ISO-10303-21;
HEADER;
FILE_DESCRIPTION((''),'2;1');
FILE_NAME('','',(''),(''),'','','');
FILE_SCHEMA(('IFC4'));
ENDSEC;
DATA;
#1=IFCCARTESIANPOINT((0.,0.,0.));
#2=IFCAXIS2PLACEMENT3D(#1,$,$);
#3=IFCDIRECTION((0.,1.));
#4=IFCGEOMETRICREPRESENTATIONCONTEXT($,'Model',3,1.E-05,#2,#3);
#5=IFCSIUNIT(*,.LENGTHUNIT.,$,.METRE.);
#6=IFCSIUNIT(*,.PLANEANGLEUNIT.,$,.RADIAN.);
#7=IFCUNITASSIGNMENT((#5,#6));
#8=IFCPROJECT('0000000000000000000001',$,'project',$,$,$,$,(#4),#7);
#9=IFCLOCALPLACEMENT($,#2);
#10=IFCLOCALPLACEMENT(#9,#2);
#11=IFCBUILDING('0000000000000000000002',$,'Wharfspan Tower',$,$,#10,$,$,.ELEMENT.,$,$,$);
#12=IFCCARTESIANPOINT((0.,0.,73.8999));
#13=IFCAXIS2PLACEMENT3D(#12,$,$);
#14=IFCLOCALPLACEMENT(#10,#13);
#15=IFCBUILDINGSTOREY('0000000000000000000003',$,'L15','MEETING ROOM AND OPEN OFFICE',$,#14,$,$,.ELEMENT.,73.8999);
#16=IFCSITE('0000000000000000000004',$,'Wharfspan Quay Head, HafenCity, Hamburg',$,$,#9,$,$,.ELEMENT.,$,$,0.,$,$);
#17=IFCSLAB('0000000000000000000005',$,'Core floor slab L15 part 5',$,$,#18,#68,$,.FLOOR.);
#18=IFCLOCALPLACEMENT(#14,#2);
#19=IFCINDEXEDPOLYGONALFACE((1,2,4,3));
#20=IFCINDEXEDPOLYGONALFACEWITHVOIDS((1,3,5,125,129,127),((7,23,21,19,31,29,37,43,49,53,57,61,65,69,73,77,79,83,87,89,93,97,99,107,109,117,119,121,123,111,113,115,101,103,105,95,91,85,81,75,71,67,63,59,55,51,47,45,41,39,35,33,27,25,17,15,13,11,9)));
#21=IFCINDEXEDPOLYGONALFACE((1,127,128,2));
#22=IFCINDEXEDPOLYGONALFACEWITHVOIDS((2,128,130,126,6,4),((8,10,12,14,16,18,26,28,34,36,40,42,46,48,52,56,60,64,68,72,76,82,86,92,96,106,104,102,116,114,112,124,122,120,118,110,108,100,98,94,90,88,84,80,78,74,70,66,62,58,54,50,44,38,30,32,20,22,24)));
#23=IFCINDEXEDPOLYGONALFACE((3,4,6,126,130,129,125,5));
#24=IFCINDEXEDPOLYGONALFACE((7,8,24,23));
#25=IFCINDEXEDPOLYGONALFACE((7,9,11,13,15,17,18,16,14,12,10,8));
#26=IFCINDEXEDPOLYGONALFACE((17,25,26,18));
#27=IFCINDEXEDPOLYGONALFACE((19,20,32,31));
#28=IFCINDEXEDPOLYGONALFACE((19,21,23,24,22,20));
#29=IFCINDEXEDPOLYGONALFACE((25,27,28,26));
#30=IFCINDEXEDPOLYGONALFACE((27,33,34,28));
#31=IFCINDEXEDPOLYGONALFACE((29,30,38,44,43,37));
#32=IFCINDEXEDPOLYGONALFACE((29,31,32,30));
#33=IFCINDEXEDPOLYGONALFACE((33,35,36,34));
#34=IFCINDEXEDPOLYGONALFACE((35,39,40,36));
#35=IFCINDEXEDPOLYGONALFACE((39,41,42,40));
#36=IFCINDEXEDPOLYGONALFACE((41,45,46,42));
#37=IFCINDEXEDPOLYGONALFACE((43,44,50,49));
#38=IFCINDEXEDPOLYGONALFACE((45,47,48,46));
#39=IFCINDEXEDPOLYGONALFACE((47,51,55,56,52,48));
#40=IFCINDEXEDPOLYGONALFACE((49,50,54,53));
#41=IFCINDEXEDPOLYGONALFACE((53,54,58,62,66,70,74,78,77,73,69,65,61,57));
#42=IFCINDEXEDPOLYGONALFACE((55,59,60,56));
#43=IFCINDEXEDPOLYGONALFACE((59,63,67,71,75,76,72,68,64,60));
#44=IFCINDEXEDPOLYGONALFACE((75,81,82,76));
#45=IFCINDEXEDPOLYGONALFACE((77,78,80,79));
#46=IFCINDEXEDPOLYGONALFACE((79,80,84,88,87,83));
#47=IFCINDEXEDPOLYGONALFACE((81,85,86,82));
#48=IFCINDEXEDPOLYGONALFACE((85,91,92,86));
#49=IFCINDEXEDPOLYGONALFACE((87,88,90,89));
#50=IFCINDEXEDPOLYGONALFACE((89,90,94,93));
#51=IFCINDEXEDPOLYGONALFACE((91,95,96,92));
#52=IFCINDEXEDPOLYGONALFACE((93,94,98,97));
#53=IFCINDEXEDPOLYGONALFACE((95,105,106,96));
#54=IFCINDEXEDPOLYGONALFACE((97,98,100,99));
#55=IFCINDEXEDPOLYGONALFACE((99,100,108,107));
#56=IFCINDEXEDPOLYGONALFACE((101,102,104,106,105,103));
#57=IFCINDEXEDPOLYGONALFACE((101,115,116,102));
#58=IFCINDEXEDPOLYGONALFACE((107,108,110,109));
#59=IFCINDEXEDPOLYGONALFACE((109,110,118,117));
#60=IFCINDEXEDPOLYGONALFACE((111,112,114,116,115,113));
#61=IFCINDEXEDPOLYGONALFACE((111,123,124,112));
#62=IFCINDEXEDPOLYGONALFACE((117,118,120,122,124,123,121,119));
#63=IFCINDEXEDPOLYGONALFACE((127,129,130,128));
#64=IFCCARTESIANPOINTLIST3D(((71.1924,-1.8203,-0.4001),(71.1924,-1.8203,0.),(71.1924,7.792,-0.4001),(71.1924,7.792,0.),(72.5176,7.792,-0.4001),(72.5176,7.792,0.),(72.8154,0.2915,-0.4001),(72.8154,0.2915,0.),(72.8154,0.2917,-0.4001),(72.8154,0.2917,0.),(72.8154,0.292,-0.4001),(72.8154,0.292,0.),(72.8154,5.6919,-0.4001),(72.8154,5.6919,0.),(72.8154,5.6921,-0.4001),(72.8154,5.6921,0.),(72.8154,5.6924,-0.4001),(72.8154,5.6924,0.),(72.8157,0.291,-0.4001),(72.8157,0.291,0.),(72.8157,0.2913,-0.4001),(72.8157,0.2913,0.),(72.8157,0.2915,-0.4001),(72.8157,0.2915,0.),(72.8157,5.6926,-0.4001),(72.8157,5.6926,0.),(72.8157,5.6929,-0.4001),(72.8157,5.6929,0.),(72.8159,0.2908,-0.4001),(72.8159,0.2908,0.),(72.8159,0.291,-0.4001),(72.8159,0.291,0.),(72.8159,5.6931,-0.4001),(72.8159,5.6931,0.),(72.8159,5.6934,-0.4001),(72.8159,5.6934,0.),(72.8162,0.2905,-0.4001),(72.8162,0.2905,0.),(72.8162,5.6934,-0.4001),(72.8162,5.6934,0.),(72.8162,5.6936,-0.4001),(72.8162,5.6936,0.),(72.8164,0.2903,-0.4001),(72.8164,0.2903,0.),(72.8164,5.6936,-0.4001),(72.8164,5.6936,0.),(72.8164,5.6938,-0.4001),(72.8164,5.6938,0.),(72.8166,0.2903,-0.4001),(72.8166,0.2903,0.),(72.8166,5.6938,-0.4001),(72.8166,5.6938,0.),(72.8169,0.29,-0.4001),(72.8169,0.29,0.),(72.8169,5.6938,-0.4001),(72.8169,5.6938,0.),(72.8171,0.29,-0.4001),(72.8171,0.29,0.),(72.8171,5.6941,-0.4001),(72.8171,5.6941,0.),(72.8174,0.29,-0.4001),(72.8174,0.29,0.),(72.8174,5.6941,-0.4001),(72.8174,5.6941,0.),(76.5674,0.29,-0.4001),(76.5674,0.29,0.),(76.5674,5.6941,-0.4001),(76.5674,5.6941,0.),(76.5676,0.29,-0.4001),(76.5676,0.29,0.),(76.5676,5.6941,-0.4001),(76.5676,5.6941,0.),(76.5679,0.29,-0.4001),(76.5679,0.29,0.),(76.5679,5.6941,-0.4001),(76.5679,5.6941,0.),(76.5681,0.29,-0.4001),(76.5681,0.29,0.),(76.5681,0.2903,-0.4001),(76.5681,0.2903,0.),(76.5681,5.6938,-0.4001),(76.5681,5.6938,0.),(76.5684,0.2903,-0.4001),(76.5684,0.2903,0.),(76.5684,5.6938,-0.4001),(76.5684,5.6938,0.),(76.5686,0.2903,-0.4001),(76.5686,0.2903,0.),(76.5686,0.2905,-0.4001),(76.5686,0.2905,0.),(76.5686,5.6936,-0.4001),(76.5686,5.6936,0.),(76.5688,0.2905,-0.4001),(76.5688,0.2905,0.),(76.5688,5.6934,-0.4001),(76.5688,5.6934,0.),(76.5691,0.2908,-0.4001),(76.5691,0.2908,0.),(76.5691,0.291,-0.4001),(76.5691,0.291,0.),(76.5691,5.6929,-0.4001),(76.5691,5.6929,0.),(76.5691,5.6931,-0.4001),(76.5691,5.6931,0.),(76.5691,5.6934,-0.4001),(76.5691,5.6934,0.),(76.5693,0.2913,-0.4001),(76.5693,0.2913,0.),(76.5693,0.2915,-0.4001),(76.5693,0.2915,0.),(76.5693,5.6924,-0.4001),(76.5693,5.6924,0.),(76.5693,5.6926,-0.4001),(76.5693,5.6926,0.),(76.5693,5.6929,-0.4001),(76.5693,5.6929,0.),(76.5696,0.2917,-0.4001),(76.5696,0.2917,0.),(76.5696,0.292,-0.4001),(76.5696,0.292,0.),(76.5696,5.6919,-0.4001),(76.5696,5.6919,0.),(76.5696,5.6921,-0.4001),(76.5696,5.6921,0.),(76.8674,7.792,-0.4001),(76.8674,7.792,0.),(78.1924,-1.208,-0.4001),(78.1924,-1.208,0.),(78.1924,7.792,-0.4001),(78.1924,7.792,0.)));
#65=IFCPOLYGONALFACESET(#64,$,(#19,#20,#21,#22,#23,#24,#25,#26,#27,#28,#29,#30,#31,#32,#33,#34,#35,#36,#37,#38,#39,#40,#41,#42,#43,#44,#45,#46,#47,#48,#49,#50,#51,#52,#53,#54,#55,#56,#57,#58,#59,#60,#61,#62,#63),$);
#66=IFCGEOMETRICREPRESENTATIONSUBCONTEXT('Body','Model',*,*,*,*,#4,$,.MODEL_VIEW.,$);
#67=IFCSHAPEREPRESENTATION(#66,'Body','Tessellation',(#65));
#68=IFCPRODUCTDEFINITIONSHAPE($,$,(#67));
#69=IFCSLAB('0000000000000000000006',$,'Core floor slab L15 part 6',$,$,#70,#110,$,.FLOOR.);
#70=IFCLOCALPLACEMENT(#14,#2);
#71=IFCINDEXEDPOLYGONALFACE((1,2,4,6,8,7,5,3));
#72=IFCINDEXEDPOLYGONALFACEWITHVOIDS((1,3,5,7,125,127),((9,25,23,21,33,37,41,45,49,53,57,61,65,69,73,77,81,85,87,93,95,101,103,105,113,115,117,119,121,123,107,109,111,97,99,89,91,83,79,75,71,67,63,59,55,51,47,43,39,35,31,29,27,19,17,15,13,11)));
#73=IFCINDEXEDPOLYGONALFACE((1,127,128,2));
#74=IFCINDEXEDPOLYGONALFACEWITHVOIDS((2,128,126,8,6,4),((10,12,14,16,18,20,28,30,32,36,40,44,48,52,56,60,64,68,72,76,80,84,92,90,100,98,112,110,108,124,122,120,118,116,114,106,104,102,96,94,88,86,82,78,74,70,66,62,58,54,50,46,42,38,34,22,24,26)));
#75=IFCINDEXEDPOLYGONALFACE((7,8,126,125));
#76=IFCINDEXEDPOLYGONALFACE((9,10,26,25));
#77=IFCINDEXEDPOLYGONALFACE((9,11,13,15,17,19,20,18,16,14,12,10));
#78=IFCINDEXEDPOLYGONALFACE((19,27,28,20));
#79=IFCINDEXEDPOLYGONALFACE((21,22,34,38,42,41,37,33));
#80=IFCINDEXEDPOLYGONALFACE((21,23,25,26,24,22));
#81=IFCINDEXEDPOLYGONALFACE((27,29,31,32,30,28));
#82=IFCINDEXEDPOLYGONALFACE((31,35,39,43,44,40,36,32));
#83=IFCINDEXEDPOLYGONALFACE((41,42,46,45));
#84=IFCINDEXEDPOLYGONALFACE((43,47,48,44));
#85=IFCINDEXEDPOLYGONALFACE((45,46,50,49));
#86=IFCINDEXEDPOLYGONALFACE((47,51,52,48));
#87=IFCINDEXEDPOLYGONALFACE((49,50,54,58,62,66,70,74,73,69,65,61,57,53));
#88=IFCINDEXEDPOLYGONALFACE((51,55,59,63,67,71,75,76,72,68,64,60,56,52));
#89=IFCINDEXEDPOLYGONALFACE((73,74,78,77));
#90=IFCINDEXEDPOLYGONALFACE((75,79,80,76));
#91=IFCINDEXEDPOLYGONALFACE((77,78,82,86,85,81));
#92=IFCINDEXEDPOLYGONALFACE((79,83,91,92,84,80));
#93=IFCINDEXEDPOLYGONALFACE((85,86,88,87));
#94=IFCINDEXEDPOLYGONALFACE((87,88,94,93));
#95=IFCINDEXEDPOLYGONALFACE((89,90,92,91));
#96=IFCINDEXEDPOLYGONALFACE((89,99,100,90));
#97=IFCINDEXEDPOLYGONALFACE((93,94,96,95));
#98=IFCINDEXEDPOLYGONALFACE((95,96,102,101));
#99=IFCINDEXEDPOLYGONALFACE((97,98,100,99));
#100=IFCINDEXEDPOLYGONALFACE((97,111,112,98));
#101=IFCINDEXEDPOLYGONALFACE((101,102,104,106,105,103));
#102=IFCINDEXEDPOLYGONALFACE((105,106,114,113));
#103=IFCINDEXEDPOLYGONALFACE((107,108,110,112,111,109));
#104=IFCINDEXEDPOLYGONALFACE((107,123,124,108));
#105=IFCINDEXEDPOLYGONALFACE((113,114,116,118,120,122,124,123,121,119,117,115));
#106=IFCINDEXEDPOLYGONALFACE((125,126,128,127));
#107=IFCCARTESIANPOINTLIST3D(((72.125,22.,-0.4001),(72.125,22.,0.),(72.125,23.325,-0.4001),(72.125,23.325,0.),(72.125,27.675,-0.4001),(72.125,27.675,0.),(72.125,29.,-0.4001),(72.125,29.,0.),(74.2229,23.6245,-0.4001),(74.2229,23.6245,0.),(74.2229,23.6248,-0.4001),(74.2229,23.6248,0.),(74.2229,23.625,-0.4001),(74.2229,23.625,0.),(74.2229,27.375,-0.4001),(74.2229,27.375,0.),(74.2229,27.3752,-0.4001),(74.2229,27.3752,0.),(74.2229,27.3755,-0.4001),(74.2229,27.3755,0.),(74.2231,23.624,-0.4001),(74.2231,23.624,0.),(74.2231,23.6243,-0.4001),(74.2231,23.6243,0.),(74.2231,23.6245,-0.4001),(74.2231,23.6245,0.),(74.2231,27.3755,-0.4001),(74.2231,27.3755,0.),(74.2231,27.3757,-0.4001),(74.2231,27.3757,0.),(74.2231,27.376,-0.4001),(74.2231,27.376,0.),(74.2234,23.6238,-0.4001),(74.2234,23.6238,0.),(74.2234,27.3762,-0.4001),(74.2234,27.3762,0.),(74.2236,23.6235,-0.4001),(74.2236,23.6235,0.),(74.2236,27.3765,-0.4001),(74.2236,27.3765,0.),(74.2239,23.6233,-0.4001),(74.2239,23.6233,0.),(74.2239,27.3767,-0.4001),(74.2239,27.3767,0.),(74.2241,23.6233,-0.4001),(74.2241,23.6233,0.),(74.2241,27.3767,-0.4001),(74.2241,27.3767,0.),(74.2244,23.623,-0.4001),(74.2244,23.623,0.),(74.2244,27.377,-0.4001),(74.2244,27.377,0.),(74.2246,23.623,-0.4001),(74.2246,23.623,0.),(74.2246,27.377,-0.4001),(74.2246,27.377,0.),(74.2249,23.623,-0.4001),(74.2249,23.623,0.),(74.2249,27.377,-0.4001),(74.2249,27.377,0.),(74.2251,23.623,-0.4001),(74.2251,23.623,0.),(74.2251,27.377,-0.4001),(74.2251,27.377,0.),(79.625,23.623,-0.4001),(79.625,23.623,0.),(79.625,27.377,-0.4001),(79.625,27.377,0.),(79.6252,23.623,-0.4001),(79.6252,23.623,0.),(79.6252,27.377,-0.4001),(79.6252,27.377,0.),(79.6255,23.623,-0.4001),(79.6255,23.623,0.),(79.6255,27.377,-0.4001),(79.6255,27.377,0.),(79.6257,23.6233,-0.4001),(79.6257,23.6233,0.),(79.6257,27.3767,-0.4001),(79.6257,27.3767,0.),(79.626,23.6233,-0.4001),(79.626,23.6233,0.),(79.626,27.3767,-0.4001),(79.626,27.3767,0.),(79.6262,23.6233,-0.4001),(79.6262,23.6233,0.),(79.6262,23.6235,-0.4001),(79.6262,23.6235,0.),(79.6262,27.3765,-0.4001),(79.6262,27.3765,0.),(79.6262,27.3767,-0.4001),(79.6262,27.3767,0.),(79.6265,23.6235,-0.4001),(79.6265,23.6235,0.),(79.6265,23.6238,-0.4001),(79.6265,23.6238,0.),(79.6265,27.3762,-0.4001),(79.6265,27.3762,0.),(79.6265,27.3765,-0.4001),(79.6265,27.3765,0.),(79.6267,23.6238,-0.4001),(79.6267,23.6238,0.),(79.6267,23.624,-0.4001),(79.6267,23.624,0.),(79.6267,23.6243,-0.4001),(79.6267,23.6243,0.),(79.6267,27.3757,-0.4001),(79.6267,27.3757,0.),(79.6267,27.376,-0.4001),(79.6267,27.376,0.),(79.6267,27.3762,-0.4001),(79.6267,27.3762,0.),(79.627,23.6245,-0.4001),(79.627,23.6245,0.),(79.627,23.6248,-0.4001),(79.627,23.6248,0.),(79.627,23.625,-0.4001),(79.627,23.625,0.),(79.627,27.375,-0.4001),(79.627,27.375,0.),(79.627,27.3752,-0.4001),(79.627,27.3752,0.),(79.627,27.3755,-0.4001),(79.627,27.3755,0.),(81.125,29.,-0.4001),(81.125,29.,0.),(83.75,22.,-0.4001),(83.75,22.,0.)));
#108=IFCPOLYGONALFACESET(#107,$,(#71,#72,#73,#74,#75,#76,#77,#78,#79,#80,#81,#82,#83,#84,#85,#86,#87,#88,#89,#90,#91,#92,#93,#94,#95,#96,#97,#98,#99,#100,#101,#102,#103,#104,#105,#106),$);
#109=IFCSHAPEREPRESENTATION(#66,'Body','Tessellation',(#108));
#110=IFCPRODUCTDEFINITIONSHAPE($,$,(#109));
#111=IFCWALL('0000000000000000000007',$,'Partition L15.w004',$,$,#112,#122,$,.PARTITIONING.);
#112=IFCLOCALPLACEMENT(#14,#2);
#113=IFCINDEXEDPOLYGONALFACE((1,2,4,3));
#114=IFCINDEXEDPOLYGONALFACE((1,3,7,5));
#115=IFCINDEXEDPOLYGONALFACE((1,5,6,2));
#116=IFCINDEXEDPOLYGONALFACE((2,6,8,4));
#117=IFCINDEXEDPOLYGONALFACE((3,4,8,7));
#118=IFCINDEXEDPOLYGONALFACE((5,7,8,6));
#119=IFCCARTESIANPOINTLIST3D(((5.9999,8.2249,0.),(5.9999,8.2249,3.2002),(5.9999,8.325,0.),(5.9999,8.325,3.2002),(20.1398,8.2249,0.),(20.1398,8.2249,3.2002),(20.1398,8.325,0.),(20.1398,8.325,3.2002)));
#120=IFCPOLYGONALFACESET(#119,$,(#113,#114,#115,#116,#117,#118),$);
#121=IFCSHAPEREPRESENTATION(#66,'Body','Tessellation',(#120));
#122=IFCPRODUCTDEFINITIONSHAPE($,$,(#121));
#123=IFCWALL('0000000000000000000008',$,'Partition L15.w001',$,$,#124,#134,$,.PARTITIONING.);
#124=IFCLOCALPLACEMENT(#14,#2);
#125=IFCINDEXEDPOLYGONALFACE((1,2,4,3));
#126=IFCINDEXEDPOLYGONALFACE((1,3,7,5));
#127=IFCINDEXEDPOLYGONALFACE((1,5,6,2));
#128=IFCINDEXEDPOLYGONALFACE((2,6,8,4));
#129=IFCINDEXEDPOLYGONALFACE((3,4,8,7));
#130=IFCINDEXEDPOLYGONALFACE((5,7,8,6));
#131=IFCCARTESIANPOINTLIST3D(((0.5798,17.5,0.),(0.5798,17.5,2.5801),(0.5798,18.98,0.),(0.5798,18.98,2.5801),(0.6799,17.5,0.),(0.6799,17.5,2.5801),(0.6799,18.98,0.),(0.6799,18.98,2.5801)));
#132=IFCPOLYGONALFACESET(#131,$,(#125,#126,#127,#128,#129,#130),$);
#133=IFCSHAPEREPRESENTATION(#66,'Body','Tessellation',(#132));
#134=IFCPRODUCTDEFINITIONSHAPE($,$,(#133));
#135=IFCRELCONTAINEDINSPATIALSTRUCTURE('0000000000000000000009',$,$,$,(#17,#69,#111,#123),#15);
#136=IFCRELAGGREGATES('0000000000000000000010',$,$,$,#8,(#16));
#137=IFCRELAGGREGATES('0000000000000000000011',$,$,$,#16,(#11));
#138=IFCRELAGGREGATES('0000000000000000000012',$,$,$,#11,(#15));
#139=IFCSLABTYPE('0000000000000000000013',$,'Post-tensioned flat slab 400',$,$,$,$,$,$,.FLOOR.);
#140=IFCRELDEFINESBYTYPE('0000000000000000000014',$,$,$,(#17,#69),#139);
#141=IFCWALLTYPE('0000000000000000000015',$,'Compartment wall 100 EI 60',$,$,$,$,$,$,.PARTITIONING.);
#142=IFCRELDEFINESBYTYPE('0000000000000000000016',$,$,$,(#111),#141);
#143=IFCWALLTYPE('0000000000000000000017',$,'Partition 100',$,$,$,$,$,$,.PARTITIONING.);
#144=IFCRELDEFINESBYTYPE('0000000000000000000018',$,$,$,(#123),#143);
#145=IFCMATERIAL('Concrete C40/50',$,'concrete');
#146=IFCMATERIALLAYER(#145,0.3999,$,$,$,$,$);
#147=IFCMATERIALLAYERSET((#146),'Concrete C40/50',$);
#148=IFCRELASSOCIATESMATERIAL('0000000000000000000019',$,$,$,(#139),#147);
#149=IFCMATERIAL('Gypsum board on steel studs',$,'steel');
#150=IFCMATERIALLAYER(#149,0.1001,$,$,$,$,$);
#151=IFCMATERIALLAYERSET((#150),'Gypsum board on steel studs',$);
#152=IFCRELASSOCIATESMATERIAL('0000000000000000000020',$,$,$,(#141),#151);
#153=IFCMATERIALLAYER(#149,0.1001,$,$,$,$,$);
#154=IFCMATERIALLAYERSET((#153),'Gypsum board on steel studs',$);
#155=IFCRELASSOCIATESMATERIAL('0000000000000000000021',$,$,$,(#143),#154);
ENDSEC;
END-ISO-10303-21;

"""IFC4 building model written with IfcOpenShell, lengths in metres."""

from ifc_helpers import new_model, si_unit, direction, frame, frame_2d, origin, place, context, subcontext, project, spatial, polyline, rectangle, outline, extrude, material, layer, layer_set, type_object, element, save


model = new_model("IFC4")

# Units and contexts
model_context = context("Model", 3, precision=1e-05, world=origin(), true_north=direction((0.0, 1.0)))
body_context = subcontext(model_context, "Body", "Model", "MODEL_VIEW")
ifc_project = project(units=[si_unit("LENGTHUNIT", "METRE"), si_unit("PLANEANGLEUNIT", "RADIAN")], contexts=[model_context])

# Site, building, storey
site_placement = place(None, origin())
site = spatial("IfcSite", under=ifc_project, at=site_placement, Name="Wharfspan Quay Head, HafenCity, Hamburg", CompositionType="ELEMENT", RefElevation=0.0)
building_placement = place(site_placement, origin())
building = spatial("IfcBuilding", under=site, at=building_placement, Name="Wharfspan Tower", CompositionType="ELEMENT")
storey_placement = place(building_placement, frame((0.0, 0.0, 73.8999)))
storey = spatial("IfcBuildingStorey", under=building, at=storey_placement, Name="L15", Description="MEETING ROOM AND OPEN OFFICE", CompositionType="ELEMENT", Elevation=73.8999)

# Slabs
ifc_material_1 = material(Name="Concrete C40/50", Category="concrete")
ifc_layer_1 = layer(ifc_material_1, 0.3999)
ifc_layer_set_1 = layer_set([ifc_layer_1], Name="Concrete C40/50")
slab_type = type_object("IfcSlabType", Name="Post-tensioned flat slab 400", PredefinedType="FLOOR", material=ifc_layer_set_1)
slab_1_placement = place(storey_placement, frame((0.0, 0.0, -0.4001)))
element("IfcSlab", 1, at=slab_1_placement, inside=storey, type_object=slab_type, Name="Core floor slab L15 part 5", PredefinedType="FLOOR", context=body_context, shape_type="SweptSolid", body=[
    extrude(outline(polyline([(78.1924, 7.792), (76.8674, 7.792), (72.5176, 7.792), (71.1924, 7.792), (71.1924, -1.8203), (78.1924, -1.208), (78.1924, 7.792)]), holes=[polyline([(76.5674, 5.6941), (76.5676, 5.6941), (76.5679, 5.6941), (76.5681, 5.6938), (76.5681, 5.6938), (76.5684, 5.6938), (76.5686, 5.6936), (76.5686, 5.6936), (76.5688, 5.6934), (76.5691, 5.6934), (76.5691, 5.6931), (76.5691, 5.6929), (76.5693, 5.6929), (76.5693, 5.6926), (76.5693, 5.6924), (76.5696, 5.6921), (76.5696, 5.6919), (76.5696, 0.292), (76.5696, 0.2917), (76.5693, 0.2915), (76.5693, 0.2915), (76.5693, 0.2913), (76.5691, 0.291), (76.5691, 0.291), (76.5691, 0.2908), (76.5688, 0.2905), (76.5686, 0.2905), (76.5686, 0.2903), (76.5684, 0.2903), (76.5681, 0.2903), (76.5681, 0.29), (76.5679, 0.29), (76.5676, 0.29), (76.5674, 0.29), (72.8174, 0.29), (72.8174, 0.29), (72.8171, 0.29), (72.8169, 0.29), (72.8166, 0.2903), (72.8164, 0.2903), (72.8164, 0.2903), (72.8162, 0.2905), (72.8162, 0.2905), (72.8159, 0.2908), (72.8159, 0.291), (72.8157, 0.291), (72.8157, 0.2913), (72.8157, 0.2915), (72.8154, 0.2915), (72.8154, 0.2917), (72.8154, 0.292), (72.8154, 5.6919), (72.8154, 5.6921), (72.8154, 5.6924), (72.8157, 5.6926), (72.8157, 5.6929), (72.8157, 5.6929), (72.8159, 5.6931), (72.8159, 5.6934), (72.8162, 5.6934), (72.8162, 5.6936), (72.8164, 5.6936), (72.8164, 5.6938), (72.8166, 5.6938), (72.8169, 5.6938), (72.8171, 5.6941), (72.8174, 5.6941), (72.8174, 5.6941), (76.5674, 5.6941)])]), origin(), (0.0, 0.0, 1.0), 0.4001),
])
slab_2_placement = place(storey_placement, frame((0.0, 0.0, -0.4001)))
element("IfcSlab", 2, at=slab_2_placement, inside=storey, type_object=slab_type, Name="Core floor slab L15 part 6", PredefinedType="FLOOR", context=body_context, shape_type="SweptSolid", body=[
    extrude(outline(polyline([(81.125, 29.0), (72.125, 29.0), (72.125, 27.675), (72.125, 23.325), (72.125, 22.0), (83.75, 22.0), (81.125, 29.0)]), holes=[polyline([(74.2229, 27.375), (74.2229, 27.3752), (74.2229, 27.3755), (74.2231, 27.3755), (74.2231, 27.3757), (74.2231, 27.376), (74.2234, 27.3762), (74.2234, 27.3762), (74.2236, 27.3765), (74.2236, 27.3765), (74.2239, 27.3767), (74.2241, 27.3767), (74.2241, 27.3767), (74.2244, 27.377), (74.2246, 27.377), (74.2249, 27.377), (74.2251, 27.377), (79.625, 27.377), (79.6252, 27.377), (79.6255, 27.377), (79.6255, 27.377), (79.6257, 27.3767), (79.626, 27.3767), (79.6262, 27.3767), (79.6262, 27.3765), (79.6265, 27.3765), (79.6265, 27.3762), (79.6267, 27.3762), (79.6267, 27.376), (79.6267, 27.3757), (79.627, 27.3755), (79.627, 27.3755), (79.627, 27.3752), (79.627, 27.375), (79.627, 23.625), (79.627, 23.6248), (79.627, 23.6245), (79.627, 23.6245), (79.6267, 23.6243), (79.6267, 23.624), (79.6267, 23.6238), (79.6265, 23.6238), (79.6265, 23.6235), (79.6262, 23.6235), (79.6262, 23.6233), (79.626, 23.6233), (79.6257, 23.6233), (79.6255, 23.623), (79.6255, 23.623), (79.6252, 23.623), (79.625, 23.623), (74.2251, 23.623), (74.2249, 23.623), (74.2246, 23.623), (74.2244, 23.623), (74.2241, 23.6233), (74.2241, 23.6233), (74.2239, 23.6233), (74.2236, 23.6235), (74.2236, 23.6235), (74.2234, 23.6238), (74.2234, 23.6238), (74.2231, 23.624), (74.2231, 23.6243), (74.2231, 23.6245), (74.2229, 23.6245), (74.2229, 23.6248), (74.2229, 23.625), (74.2229, 27.375)])]), origin(), (0.0, 0.0, 1.0), 0.4001),
])

# Walls
ifc_material_2 = material(Name="Gypsum board on steel studs", Category="steel")
ifc_layer_2 = layer(ifc_material_2, 0.1001)
ifc_layer_set_2 = layer_set([ifc_layer_2], Name="Gypsum board on steel studs")
wall_type_1 = type_object("IfcWallType", Name="Compartment wall 100 EI 60", PredefinedType="PARTITIONING", material=ifc_layer_set_2)
wall_1_placement = place(storey_placement, frame((6.0, 8.2749, 0.0), z_axis=(0.0, 0.0, 1.0), x_axis=(1.0, 0.0, 0.0)))
element("IfcWall", 3, at=wall_1_placement, inside=storey, type_object=wall_type_1, Name="Partition L15.w004", PredefinedType="PARTITIONING", context=body_context, shape_type="SweptSolid", body=[
    extrude(rectangle(XDim=14.1399, YDim=0.1001, at=frame_2d((7.0698, 0.0))), origin(), (0.0, 0.0, 1.0), 3.2002),
])
ifc_layer_3 = layer(ifc_material_2, 0.1001)
ifc_layer_set_3 = layer_set([ifc_layer_3], Name="Gypsum board on steel studs")
wall_type_2 = type_object("IfcWallType", Name="Partition 100", PredefinedType="PARTITIONING", material=ifc_layer_set_3)
wall_2_placement = place(storey_placement, frame((0.6299, 17.5, 0.0), z_axis=(0.0, 0.0, 1.0), x_axis=(0.0, 1.0, 0.0)))
element("IfcWall", 4, at=wall_2_placement, inside=storey, type_object=wall_type_2, Name="Partition L15.w001", PredefinedType="PARTITIONING", context=body_context, shape_type="SweptSolid", body=[
    extrude(rectangle(XDim=1.48, YDim=0.1001, at=frame_2d((0.74, 0.0))), origin(), (0.0, 0.0, 1.0), 2.5801),
])

save(model, "model.ifc")
